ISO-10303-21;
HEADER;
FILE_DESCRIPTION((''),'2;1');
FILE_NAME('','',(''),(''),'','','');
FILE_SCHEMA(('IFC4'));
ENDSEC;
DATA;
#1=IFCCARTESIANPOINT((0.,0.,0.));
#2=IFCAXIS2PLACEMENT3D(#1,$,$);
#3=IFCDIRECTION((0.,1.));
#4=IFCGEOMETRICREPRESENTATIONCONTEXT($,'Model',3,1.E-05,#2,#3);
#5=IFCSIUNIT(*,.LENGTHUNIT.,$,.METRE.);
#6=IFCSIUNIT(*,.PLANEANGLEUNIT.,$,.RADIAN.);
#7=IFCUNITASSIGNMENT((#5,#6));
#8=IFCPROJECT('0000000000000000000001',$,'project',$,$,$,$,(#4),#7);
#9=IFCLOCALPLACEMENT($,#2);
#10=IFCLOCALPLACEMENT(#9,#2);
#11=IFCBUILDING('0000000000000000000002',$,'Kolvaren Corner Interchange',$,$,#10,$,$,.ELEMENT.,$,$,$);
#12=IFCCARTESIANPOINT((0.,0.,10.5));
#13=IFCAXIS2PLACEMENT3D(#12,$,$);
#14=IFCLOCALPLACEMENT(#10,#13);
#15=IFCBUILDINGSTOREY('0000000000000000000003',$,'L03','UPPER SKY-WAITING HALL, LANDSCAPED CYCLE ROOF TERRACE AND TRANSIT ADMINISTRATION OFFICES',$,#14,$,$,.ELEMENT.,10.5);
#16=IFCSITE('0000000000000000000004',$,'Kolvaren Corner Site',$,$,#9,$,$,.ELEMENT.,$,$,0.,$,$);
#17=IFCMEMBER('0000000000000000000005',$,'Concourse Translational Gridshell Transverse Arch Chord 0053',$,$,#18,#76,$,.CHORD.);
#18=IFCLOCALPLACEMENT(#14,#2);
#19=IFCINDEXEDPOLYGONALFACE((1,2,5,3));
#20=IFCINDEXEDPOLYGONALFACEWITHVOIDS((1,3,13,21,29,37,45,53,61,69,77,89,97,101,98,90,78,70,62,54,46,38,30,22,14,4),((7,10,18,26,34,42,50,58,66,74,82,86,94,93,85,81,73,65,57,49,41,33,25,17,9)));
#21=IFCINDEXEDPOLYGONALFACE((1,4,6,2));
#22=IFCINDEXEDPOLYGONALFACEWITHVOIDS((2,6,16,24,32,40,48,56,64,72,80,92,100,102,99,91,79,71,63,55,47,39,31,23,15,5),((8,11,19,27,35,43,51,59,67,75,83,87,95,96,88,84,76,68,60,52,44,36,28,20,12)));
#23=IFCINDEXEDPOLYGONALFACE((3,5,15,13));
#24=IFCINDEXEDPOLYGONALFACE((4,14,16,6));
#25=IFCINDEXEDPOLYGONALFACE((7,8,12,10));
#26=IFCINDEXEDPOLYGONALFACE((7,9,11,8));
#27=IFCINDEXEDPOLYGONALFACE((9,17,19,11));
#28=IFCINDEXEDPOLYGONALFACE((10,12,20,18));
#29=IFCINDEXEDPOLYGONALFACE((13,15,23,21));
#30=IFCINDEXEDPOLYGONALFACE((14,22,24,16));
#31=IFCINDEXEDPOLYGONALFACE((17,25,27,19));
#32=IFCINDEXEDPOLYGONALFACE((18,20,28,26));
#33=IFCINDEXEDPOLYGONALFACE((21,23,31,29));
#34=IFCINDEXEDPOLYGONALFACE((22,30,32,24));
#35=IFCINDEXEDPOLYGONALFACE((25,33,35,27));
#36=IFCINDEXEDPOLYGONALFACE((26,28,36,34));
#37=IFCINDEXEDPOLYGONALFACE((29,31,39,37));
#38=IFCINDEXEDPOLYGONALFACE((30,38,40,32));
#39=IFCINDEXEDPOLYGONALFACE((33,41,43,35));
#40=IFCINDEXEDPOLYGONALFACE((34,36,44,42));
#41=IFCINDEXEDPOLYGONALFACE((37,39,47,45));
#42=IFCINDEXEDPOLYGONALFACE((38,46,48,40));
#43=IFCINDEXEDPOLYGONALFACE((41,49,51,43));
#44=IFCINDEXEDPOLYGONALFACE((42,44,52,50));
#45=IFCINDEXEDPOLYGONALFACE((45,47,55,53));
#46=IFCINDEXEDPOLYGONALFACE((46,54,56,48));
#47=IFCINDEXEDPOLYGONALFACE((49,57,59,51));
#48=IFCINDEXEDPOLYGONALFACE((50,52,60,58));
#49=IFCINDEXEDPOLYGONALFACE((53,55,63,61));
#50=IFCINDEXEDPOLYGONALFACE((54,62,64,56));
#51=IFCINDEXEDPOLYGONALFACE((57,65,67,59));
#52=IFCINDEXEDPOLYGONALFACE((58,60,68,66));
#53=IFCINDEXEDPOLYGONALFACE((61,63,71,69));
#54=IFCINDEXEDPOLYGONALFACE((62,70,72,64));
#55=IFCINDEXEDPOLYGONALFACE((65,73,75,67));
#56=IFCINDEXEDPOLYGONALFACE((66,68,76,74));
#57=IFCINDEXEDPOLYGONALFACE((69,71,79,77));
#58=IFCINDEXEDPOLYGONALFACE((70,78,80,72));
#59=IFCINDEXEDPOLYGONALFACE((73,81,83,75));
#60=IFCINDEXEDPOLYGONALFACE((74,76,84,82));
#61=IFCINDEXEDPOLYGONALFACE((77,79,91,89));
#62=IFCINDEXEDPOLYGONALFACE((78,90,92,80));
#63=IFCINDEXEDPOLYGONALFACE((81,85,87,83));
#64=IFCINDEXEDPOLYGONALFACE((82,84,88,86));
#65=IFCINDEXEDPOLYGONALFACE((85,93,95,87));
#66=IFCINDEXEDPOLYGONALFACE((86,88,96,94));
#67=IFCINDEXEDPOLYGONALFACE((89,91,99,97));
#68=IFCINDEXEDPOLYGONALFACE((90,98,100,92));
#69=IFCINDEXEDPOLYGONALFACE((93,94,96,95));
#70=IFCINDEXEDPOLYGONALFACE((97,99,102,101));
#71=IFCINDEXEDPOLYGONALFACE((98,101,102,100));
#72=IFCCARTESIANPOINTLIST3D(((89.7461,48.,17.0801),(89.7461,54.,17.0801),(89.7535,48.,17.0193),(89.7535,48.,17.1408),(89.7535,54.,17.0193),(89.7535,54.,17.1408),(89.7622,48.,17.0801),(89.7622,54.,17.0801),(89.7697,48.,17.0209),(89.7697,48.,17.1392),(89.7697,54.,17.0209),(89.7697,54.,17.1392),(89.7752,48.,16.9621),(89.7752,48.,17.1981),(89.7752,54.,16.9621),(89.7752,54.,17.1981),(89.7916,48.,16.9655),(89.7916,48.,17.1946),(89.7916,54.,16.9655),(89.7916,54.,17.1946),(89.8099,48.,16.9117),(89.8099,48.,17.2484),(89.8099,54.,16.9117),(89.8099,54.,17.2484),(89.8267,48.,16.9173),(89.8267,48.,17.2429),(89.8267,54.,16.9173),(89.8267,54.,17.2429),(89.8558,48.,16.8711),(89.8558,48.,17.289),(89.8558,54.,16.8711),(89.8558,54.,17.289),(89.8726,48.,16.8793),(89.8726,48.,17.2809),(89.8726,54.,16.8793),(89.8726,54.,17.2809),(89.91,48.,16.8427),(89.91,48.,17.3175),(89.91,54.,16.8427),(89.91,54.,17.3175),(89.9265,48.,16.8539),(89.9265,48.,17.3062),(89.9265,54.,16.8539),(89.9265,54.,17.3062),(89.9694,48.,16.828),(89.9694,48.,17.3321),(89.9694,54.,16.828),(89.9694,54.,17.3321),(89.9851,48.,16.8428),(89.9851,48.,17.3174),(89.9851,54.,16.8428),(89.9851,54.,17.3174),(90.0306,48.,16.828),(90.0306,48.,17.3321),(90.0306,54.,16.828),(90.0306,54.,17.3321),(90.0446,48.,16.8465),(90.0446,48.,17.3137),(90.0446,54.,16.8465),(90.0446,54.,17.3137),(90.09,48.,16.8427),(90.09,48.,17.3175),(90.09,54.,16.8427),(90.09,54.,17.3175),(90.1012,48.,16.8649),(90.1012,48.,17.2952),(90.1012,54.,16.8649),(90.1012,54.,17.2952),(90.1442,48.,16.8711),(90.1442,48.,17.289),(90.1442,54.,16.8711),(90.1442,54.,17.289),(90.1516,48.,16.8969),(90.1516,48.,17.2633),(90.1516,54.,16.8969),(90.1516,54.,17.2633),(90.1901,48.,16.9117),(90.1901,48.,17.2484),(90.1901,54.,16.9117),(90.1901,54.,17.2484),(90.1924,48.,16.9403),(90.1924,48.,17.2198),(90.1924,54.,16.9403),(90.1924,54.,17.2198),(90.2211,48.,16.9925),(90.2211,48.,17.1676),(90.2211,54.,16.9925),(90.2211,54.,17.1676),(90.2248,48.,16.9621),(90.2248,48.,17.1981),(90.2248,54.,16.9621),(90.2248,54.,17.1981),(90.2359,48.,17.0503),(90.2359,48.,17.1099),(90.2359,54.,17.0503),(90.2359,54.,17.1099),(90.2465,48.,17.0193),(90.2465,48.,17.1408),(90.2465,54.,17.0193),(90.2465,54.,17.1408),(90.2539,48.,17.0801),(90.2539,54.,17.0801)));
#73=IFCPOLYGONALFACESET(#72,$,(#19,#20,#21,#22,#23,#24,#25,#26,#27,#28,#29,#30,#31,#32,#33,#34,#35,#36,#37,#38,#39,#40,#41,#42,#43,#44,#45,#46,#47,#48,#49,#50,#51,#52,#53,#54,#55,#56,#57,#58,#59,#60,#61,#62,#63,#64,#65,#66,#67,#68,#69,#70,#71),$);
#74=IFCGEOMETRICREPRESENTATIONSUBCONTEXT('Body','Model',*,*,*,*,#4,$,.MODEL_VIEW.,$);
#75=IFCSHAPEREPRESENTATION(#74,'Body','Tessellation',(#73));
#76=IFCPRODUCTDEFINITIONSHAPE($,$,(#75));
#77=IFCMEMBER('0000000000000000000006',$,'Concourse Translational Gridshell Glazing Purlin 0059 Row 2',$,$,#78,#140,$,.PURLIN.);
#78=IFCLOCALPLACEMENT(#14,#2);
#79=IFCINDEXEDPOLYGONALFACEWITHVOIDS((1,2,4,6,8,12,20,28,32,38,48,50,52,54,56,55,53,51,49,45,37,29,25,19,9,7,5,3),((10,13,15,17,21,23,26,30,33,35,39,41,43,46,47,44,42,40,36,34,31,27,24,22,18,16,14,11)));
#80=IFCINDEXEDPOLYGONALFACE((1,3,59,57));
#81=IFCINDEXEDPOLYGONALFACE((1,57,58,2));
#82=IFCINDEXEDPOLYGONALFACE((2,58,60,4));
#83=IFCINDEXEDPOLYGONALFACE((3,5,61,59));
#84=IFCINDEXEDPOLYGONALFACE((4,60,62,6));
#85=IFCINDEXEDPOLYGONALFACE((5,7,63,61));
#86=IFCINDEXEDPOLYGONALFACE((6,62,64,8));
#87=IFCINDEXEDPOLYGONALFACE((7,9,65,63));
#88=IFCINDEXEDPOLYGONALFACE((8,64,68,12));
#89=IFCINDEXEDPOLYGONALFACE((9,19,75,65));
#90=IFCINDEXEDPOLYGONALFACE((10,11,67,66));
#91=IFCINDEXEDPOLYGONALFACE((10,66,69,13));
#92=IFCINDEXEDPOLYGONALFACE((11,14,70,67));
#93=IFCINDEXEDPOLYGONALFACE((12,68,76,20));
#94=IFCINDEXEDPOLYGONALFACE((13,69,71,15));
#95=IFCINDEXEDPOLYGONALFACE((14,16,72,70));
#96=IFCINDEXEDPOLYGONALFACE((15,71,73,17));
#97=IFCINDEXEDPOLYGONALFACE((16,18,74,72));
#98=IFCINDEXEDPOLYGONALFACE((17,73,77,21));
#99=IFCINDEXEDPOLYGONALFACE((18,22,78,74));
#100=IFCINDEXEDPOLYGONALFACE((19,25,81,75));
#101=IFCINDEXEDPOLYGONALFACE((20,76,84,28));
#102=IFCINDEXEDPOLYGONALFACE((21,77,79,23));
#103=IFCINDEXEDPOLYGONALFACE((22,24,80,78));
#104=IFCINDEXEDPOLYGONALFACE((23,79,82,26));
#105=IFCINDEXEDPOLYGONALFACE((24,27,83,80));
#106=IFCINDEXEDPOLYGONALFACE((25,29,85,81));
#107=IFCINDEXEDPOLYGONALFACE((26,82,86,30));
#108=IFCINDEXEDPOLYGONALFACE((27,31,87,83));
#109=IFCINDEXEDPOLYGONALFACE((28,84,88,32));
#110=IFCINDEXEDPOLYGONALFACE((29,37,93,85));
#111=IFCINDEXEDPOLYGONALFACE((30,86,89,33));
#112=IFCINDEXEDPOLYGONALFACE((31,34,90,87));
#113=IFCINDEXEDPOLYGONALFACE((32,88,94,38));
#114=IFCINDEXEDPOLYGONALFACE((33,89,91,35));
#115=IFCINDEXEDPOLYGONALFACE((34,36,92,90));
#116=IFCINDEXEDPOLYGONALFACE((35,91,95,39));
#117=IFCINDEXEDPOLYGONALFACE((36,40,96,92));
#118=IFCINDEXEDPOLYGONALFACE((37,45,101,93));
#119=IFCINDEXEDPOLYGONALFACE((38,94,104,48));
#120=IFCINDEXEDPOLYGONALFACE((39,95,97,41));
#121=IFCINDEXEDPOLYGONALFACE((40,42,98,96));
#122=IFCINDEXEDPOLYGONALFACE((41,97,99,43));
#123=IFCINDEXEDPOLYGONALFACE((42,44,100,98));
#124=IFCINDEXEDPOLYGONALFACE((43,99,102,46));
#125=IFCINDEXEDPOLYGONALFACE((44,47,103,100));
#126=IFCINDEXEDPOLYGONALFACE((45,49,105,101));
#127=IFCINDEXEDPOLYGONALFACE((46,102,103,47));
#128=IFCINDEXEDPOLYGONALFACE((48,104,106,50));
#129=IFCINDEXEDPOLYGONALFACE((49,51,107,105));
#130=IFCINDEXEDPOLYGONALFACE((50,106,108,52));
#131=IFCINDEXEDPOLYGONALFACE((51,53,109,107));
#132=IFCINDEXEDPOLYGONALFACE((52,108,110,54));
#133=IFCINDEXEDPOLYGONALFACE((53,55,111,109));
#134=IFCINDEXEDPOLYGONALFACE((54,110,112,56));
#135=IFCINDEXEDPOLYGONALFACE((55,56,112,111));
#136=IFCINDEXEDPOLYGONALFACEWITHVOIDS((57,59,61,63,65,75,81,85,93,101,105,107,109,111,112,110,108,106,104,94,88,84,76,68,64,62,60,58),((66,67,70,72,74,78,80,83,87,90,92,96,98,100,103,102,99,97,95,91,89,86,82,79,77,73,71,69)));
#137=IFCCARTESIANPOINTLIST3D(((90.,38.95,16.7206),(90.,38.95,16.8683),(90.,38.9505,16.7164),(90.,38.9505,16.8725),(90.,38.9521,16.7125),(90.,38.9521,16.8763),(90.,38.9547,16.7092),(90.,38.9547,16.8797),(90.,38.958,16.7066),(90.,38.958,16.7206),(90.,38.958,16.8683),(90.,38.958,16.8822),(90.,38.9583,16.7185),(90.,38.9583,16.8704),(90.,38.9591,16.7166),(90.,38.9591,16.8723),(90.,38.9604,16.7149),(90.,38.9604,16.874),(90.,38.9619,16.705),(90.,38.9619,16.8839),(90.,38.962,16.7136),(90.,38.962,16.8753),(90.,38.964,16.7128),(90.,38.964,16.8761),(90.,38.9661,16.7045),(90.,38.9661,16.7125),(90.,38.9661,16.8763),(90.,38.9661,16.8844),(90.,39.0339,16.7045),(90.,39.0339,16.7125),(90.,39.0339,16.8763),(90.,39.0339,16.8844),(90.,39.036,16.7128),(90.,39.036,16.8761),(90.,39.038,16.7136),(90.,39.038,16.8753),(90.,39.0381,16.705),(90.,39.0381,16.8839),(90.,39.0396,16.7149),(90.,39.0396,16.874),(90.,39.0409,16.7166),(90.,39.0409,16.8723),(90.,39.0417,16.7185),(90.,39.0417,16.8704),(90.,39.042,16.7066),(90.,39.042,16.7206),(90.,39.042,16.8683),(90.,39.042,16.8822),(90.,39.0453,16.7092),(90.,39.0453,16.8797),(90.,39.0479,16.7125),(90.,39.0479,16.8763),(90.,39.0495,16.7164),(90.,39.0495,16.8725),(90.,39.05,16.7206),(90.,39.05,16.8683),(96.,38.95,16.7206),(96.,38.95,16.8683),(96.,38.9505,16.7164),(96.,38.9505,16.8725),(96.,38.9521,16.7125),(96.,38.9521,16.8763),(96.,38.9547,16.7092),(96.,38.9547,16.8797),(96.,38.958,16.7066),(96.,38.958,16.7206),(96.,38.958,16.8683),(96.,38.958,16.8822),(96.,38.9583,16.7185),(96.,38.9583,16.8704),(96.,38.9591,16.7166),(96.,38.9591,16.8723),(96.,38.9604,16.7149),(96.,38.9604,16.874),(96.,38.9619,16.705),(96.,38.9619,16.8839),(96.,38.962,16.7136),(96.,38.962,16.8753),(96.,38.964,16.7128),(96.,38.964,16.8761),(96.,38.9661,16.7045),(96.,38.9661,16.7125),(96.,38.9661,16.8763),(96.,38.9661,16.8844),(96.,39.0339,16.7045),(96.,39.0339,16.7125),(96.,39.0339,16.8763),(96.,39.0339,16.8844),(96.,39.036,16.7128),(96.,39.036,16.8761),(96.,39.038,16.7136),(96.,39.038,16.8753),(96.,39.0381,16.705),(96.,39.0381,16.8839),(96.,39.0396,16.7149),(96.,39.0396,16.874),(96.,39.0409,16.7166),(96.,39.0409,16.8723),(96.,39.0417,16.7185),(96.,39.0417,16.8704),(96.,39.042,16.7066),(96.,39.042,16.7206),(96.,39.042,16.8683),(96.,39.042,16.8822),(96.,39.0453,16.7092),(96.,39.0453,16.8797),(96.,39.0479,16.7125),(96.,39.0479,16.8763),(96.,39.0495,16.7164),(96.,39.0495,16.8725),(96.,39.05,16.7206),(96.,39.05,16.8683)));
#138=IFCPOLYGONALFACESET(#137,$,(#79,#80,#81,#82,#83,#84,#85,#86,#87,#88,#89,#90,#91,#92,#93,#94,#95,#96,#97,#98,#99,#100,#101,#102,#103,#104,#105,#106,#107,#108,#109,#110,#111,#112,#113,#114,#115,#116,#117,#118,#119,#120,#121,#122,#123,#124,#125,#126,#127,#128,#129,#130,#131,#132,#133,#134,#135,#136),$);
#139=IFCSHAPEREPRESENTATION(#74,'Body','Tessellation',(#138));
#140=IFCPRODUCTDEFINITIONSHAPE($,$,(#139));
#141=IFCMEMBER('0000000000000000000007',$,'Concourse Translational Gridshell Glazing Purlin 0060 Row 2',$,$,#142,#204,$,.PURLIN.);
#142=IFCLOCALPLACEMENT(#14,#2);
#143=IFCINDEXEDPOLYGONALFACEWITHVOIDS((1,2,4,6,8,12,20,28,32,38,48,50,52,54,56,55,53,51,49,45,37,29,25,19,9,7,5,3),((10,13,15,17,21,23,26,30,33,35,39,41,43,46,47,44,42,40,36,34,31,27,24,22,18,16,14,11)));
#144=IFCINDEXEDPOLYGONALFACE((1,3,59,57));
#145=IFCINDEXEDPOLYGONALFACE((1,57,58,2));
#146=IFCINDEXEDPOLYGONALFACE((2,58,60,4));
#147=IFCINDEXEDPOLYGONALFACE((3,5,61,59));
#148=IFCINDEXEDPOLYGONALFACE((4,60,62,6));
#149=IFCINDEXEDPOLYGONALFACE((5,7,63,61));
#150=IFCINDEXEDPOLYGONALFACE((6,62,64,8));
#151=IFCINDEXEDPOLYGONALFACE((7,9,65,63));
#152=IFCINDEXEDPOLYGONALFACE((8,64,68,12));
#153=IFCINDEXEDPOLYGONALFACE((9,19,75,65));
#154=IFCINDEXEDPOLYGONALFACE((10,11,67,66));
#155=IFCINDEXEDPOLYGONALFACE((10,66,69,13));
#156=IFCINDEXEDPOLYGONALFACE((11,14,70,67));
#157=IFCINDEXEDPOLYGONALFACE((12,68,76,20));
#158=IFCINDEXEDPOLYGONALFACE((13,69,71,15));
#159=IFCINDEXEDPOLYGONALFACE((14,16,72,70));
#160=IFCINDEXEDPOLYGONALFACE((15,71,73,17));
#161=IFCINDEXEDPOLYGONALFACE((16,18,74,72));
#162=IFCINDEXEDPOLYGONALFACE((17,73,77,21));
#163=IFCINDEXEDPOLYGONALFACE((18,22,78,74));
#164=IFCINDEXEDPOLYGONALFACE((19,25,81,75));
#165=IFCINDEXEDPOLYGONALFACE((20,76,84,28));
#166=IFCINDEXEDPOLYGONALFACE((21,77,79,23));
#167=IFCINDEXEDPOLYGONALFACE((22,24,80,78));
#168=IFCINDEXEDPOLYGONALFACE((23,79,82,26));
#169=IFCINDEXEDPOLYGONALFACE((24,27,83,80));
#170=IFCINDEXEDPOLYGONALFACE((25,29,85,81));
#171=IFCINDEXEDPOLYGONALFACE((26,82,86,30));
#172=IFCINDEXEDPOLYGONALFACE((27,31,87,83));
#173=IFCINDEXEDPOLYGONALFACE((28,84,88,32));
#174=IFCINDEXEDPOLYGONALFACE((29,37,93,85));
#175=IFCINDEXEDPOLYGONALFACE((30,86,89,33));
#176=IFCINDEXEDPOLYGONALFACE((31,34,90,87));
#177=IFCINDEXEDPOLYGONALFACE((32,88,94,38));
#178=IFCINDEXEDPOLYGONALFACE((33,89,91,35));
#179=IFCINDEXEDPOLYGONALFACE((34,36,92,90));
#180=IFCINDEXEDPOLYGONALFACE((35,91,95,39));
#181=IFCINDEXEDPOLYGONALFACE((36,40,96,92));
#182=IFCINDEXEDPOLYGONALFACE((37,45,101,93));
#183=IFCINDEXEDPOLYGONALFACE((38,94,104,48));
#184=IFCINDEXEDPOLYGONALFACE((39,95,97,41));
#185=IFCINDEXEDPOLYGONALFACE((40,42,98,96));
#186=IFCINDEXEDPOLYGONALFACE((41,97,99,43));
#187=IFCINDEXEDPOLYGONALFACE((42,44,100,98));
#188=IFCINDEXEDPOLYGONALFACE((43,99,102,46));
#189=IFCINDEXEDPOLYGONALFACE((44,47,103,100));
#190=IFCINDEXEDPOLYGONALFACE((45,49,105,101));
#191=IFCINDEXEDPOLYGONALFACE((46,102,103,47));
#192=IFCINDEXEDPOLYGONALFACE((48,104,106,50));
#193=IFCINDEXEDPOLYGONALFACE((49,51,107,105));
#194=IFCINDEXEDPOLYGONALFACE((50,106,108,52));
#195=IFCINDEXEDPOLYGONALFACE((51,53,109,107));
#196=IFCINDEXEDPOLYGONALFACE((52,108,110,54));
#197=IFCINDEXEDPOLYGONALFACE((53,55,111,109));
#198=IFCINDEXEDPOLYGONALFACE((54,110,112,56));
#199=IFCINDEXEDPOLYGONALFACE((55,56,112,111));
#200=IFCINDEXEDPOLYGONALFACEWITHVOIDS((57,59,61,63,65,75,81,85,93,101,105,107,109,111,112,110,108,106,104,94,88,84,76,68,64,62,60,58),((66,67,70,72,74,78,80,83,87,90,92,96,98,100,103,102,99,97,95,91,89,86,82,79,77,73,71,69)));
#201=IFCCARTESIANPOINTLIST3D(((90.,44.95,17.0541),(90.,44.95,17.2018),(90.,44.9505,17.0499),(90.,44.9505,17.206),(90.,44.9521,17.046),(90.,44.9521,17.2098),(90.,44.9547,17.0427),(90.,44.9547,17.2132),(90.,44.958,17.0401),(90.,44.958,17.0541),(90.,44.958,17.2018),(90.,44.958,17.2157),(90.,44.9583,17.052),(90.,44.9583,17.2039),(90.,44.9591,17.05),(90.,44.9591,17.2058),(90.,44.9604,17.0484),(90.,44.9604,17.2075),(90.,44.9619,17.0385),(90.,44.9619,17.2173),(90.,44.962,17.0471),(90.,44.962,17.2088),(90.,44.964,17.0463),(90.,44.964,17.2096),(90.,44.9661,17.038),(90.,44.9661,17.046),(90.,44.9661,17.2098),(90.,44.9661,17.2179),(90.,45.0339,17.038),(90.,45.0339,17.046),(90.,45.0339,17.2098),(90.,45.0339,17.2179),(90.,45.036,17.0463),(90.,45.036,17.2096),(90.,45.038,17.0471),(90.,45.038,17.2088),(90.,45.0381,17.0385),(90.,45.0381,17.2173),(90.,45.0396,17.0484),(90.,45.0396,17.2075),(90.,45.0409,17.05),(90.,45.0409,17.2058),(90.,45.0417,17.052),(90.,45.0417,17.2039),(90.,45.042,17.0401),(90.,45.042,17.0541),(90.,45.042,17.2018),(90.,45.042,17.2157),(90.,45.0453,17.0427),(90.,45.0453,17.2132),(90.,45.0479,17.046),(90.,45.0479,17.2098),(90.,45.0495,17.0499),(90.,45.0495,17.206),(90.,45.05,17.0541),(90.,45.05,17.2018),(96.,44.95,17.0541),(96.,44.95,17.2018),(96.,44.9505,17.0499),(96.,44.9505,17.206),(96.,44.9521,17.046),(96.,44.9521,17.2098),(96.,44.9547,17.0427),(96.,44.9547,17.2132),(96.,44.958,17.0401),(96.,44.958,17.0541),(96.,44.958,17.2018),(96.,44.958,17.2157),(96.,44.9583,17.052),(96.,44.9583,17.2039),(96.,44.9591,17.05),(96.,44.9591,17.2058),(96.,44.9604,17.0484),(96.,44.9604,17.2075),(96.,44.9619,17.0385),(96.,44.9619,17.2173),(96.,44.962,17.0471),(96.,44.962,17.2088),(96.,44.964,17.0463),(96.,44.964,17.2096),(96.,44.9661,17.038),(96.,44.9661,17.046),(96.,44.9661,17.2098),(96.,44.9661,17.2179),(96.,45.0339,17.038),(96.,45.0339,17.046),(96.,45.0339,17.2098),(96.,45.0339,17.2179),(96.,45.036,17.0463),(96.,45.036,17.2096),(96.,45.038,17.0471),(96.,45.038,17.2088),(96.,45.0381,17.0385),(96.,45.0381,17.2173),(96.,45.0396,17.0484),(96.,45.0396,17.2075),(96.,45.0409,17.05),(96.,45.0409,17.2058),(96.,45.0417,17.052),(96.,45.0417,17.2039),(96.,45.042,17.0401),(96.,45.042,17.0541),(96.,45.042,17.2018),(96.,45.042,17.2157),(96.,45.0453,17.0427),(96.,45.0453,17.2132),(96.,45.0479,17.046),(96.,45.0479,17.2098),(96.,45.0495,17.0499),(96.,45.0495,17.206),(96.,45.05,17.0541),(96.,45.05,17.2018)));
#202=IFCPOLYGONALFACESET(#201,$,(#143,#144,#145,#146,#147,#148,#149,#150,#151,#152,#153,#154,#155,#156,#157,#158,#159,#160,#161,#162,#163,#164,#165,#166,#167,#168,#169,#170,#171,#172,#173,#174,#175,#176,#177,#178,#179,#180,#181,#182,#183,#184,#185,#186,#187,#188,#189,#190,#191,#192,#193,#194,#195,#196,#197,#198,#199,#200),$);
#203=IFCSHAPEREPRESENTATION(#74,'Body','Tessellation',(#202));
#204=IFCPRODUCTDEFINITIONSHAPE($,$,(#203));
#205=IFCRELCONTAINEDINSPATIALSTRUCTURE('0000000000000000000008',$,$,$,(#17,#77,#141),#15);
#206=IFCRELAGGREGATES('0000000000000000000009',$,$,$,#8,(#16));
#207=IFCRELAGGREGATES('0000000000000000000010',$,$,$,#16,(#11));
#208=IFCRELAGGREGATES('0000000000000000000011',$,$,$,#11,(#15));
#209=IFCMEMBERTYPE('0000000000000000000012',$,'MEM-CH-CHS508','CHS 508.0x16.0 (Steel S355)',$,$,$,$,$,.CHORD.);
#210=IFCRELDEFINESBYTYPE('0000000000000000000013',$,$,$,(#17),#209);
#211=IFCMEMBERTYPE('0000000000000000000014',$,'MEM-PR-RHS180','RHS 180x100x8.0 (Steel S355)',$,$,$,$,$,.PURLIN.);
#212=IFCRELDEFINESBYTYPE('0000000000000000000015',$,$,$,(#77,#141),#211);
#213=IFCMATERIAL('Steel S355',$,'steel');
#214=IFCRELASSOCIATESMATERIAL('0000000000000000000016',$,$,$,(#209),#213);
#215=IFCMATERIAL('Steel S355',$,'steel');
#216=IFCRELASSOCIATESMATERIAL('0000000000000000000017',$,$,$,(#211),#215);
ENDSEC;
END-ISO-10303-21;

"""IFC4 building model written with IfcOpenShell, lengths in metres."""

from ifc_helpers import new_model, si_unit, direction, frame, origin, origin_2d, place, context, subcontext, project, spatial, hollow_rectangle, hollow_circle, extrude, material, material_profile, profile_set, type_object, element, save


model = new_model("IFC4")

# Units and contexts
model_context = context("Model", 3, precision=1e-05, world=origin(), true_north=direction((0.0, 1.0)))
body_context = subcontext(model_context, "Body", "Model", "MODEL_VIEW")
ifc_project = project(units=[si_unit("LENGTHUNIT", "METRE"), si_unit("PLANEANGLEUNIT", "RADIAN")], contexts=[model_context])

# Site, building, storey
site_placement = place(None, origin())
site = spatial("IfcSite", under=ifc_project, at=site_placement, Name="Kolvaren Corner Site", CompositionType="ELEMENT", RefElevation=0.0)
building_placement = place(site_placement, origin())
building = spatial("IfcBuilding", under=site, at=building_placement, Name="Kolvaren Corner Interchange", CompositionType="ELEMENT")
storey_placement = place(building_placement, frame((0.0, 0.0, 10.5)))
storey = spatial("IfcBuildingStorey", under=building, at=storey_placement, Name="L03", Description="UPPER SKY-WAITING HALL, LANDSCAPED CYCLE ROOF TERRACE AND TRANSIT ADMINISTRATION OFFICES", CompositionType="ELEMENT", Elevation=10.5)

# Members
ifc_material_1 = material(Name="Steel S355", Category="steel")
ifc_material_profile_1 = material_profile(ifc_material_1, hollow_circle(Radius=0.2539, WallThickness=0.0161, at=origin_2d()), Name="CHS 508.0x16.0")
ifc_profile_set_1 = profile_set([ifc_material_profile_1], Name="Steel S355")
member_type_1 = type_object("IfcMemberType", Name="MEM-CH-CHS508", Description="CHS 508.0x16.0 (Steel S355)", PredefinedType="CHORD", material=ifc_profile_set_1)
for number, where, z_axis, x_axis, name in (
    (1, (90.0, 48.0, 17.0801), (0.0, 1.0, 0.0), (-1.0, 0.0, 0.0), "Concourse Translational Gridshell Transverse Arch Chord 0053"),
):
    element("IfcMember", number, at=place(storey_placement, frame(where, z_axis=z_axis, x_axis=x_axis)), inside=storey, type_object=member_type_1, Name=name, PredefinedType="CHORD", context=body_context, shape_type="SweptSolid", body=[
        extrude(hollow_circle(Radius=0.2539, WallThickness=0.0161, at=origin_2d()), origin(), (0.0, 0.0, 1.0), 6.0),
    ])
ifc_material_2 = material(Name="Steel S355", Category="steel")
ifc_material_profile_2 = material_profile(ifc_material_2, hollow_rectangle(XDim=0.1001, YDim=0.1799, WallThickness=0.0081, InnerFilletRadius=0.0081, OuterFilletRadius=0.0161, at=origin_2d()), Name="RHS 180x100x8.0")
ifc_profile_set_2 = profile_set([ifc_material_profile_2], Name="Steel S355")
member_type_2 = type_object("IfcMemberType", Name="MEM-PR-RHS180", Description="RHS 180x100x8.0 (Steel S355)", PredefinedType="PURLIN", material=ifc_profile_set_2)
for number, where, z_axis, x_axis, name in (
    (2, (90.0, 39.0, 16.7944), (1.0, 0.0, 0.0), (0.0, 1.0, 0.0), "Concourse Translational Gridshell Glazing Purlin 0059 Row 2"),
    (3, (90.0, 45.0, 17.1279), (1.0, 0.0, 0.0), (0.0, 1.0, 0.0), "Concourse Translational Gridshell Glazing Purlin 0060 Row 2"),
):
    element("IfcMember", number, at=place(storey_placement, frame(where, z_axis=z_axis, x_axis=x_axis)), inside=storey, type_object=member_type_2, Name=name, PredefinedType="PURLIN", context=body_context, shape_type="SweptSolid", body=[
        extrude(hollow_rectangle(XDim=0.1001, YDim=0.1799, WallThickness=0.0081, InnerFilletRadius=0.0081, OuterFilletRadius=0.0161, at=origin_2d()), origin(), (0.0, 0.0, 1.0), 6.0),
    ])

save(model, "model.ifc")
